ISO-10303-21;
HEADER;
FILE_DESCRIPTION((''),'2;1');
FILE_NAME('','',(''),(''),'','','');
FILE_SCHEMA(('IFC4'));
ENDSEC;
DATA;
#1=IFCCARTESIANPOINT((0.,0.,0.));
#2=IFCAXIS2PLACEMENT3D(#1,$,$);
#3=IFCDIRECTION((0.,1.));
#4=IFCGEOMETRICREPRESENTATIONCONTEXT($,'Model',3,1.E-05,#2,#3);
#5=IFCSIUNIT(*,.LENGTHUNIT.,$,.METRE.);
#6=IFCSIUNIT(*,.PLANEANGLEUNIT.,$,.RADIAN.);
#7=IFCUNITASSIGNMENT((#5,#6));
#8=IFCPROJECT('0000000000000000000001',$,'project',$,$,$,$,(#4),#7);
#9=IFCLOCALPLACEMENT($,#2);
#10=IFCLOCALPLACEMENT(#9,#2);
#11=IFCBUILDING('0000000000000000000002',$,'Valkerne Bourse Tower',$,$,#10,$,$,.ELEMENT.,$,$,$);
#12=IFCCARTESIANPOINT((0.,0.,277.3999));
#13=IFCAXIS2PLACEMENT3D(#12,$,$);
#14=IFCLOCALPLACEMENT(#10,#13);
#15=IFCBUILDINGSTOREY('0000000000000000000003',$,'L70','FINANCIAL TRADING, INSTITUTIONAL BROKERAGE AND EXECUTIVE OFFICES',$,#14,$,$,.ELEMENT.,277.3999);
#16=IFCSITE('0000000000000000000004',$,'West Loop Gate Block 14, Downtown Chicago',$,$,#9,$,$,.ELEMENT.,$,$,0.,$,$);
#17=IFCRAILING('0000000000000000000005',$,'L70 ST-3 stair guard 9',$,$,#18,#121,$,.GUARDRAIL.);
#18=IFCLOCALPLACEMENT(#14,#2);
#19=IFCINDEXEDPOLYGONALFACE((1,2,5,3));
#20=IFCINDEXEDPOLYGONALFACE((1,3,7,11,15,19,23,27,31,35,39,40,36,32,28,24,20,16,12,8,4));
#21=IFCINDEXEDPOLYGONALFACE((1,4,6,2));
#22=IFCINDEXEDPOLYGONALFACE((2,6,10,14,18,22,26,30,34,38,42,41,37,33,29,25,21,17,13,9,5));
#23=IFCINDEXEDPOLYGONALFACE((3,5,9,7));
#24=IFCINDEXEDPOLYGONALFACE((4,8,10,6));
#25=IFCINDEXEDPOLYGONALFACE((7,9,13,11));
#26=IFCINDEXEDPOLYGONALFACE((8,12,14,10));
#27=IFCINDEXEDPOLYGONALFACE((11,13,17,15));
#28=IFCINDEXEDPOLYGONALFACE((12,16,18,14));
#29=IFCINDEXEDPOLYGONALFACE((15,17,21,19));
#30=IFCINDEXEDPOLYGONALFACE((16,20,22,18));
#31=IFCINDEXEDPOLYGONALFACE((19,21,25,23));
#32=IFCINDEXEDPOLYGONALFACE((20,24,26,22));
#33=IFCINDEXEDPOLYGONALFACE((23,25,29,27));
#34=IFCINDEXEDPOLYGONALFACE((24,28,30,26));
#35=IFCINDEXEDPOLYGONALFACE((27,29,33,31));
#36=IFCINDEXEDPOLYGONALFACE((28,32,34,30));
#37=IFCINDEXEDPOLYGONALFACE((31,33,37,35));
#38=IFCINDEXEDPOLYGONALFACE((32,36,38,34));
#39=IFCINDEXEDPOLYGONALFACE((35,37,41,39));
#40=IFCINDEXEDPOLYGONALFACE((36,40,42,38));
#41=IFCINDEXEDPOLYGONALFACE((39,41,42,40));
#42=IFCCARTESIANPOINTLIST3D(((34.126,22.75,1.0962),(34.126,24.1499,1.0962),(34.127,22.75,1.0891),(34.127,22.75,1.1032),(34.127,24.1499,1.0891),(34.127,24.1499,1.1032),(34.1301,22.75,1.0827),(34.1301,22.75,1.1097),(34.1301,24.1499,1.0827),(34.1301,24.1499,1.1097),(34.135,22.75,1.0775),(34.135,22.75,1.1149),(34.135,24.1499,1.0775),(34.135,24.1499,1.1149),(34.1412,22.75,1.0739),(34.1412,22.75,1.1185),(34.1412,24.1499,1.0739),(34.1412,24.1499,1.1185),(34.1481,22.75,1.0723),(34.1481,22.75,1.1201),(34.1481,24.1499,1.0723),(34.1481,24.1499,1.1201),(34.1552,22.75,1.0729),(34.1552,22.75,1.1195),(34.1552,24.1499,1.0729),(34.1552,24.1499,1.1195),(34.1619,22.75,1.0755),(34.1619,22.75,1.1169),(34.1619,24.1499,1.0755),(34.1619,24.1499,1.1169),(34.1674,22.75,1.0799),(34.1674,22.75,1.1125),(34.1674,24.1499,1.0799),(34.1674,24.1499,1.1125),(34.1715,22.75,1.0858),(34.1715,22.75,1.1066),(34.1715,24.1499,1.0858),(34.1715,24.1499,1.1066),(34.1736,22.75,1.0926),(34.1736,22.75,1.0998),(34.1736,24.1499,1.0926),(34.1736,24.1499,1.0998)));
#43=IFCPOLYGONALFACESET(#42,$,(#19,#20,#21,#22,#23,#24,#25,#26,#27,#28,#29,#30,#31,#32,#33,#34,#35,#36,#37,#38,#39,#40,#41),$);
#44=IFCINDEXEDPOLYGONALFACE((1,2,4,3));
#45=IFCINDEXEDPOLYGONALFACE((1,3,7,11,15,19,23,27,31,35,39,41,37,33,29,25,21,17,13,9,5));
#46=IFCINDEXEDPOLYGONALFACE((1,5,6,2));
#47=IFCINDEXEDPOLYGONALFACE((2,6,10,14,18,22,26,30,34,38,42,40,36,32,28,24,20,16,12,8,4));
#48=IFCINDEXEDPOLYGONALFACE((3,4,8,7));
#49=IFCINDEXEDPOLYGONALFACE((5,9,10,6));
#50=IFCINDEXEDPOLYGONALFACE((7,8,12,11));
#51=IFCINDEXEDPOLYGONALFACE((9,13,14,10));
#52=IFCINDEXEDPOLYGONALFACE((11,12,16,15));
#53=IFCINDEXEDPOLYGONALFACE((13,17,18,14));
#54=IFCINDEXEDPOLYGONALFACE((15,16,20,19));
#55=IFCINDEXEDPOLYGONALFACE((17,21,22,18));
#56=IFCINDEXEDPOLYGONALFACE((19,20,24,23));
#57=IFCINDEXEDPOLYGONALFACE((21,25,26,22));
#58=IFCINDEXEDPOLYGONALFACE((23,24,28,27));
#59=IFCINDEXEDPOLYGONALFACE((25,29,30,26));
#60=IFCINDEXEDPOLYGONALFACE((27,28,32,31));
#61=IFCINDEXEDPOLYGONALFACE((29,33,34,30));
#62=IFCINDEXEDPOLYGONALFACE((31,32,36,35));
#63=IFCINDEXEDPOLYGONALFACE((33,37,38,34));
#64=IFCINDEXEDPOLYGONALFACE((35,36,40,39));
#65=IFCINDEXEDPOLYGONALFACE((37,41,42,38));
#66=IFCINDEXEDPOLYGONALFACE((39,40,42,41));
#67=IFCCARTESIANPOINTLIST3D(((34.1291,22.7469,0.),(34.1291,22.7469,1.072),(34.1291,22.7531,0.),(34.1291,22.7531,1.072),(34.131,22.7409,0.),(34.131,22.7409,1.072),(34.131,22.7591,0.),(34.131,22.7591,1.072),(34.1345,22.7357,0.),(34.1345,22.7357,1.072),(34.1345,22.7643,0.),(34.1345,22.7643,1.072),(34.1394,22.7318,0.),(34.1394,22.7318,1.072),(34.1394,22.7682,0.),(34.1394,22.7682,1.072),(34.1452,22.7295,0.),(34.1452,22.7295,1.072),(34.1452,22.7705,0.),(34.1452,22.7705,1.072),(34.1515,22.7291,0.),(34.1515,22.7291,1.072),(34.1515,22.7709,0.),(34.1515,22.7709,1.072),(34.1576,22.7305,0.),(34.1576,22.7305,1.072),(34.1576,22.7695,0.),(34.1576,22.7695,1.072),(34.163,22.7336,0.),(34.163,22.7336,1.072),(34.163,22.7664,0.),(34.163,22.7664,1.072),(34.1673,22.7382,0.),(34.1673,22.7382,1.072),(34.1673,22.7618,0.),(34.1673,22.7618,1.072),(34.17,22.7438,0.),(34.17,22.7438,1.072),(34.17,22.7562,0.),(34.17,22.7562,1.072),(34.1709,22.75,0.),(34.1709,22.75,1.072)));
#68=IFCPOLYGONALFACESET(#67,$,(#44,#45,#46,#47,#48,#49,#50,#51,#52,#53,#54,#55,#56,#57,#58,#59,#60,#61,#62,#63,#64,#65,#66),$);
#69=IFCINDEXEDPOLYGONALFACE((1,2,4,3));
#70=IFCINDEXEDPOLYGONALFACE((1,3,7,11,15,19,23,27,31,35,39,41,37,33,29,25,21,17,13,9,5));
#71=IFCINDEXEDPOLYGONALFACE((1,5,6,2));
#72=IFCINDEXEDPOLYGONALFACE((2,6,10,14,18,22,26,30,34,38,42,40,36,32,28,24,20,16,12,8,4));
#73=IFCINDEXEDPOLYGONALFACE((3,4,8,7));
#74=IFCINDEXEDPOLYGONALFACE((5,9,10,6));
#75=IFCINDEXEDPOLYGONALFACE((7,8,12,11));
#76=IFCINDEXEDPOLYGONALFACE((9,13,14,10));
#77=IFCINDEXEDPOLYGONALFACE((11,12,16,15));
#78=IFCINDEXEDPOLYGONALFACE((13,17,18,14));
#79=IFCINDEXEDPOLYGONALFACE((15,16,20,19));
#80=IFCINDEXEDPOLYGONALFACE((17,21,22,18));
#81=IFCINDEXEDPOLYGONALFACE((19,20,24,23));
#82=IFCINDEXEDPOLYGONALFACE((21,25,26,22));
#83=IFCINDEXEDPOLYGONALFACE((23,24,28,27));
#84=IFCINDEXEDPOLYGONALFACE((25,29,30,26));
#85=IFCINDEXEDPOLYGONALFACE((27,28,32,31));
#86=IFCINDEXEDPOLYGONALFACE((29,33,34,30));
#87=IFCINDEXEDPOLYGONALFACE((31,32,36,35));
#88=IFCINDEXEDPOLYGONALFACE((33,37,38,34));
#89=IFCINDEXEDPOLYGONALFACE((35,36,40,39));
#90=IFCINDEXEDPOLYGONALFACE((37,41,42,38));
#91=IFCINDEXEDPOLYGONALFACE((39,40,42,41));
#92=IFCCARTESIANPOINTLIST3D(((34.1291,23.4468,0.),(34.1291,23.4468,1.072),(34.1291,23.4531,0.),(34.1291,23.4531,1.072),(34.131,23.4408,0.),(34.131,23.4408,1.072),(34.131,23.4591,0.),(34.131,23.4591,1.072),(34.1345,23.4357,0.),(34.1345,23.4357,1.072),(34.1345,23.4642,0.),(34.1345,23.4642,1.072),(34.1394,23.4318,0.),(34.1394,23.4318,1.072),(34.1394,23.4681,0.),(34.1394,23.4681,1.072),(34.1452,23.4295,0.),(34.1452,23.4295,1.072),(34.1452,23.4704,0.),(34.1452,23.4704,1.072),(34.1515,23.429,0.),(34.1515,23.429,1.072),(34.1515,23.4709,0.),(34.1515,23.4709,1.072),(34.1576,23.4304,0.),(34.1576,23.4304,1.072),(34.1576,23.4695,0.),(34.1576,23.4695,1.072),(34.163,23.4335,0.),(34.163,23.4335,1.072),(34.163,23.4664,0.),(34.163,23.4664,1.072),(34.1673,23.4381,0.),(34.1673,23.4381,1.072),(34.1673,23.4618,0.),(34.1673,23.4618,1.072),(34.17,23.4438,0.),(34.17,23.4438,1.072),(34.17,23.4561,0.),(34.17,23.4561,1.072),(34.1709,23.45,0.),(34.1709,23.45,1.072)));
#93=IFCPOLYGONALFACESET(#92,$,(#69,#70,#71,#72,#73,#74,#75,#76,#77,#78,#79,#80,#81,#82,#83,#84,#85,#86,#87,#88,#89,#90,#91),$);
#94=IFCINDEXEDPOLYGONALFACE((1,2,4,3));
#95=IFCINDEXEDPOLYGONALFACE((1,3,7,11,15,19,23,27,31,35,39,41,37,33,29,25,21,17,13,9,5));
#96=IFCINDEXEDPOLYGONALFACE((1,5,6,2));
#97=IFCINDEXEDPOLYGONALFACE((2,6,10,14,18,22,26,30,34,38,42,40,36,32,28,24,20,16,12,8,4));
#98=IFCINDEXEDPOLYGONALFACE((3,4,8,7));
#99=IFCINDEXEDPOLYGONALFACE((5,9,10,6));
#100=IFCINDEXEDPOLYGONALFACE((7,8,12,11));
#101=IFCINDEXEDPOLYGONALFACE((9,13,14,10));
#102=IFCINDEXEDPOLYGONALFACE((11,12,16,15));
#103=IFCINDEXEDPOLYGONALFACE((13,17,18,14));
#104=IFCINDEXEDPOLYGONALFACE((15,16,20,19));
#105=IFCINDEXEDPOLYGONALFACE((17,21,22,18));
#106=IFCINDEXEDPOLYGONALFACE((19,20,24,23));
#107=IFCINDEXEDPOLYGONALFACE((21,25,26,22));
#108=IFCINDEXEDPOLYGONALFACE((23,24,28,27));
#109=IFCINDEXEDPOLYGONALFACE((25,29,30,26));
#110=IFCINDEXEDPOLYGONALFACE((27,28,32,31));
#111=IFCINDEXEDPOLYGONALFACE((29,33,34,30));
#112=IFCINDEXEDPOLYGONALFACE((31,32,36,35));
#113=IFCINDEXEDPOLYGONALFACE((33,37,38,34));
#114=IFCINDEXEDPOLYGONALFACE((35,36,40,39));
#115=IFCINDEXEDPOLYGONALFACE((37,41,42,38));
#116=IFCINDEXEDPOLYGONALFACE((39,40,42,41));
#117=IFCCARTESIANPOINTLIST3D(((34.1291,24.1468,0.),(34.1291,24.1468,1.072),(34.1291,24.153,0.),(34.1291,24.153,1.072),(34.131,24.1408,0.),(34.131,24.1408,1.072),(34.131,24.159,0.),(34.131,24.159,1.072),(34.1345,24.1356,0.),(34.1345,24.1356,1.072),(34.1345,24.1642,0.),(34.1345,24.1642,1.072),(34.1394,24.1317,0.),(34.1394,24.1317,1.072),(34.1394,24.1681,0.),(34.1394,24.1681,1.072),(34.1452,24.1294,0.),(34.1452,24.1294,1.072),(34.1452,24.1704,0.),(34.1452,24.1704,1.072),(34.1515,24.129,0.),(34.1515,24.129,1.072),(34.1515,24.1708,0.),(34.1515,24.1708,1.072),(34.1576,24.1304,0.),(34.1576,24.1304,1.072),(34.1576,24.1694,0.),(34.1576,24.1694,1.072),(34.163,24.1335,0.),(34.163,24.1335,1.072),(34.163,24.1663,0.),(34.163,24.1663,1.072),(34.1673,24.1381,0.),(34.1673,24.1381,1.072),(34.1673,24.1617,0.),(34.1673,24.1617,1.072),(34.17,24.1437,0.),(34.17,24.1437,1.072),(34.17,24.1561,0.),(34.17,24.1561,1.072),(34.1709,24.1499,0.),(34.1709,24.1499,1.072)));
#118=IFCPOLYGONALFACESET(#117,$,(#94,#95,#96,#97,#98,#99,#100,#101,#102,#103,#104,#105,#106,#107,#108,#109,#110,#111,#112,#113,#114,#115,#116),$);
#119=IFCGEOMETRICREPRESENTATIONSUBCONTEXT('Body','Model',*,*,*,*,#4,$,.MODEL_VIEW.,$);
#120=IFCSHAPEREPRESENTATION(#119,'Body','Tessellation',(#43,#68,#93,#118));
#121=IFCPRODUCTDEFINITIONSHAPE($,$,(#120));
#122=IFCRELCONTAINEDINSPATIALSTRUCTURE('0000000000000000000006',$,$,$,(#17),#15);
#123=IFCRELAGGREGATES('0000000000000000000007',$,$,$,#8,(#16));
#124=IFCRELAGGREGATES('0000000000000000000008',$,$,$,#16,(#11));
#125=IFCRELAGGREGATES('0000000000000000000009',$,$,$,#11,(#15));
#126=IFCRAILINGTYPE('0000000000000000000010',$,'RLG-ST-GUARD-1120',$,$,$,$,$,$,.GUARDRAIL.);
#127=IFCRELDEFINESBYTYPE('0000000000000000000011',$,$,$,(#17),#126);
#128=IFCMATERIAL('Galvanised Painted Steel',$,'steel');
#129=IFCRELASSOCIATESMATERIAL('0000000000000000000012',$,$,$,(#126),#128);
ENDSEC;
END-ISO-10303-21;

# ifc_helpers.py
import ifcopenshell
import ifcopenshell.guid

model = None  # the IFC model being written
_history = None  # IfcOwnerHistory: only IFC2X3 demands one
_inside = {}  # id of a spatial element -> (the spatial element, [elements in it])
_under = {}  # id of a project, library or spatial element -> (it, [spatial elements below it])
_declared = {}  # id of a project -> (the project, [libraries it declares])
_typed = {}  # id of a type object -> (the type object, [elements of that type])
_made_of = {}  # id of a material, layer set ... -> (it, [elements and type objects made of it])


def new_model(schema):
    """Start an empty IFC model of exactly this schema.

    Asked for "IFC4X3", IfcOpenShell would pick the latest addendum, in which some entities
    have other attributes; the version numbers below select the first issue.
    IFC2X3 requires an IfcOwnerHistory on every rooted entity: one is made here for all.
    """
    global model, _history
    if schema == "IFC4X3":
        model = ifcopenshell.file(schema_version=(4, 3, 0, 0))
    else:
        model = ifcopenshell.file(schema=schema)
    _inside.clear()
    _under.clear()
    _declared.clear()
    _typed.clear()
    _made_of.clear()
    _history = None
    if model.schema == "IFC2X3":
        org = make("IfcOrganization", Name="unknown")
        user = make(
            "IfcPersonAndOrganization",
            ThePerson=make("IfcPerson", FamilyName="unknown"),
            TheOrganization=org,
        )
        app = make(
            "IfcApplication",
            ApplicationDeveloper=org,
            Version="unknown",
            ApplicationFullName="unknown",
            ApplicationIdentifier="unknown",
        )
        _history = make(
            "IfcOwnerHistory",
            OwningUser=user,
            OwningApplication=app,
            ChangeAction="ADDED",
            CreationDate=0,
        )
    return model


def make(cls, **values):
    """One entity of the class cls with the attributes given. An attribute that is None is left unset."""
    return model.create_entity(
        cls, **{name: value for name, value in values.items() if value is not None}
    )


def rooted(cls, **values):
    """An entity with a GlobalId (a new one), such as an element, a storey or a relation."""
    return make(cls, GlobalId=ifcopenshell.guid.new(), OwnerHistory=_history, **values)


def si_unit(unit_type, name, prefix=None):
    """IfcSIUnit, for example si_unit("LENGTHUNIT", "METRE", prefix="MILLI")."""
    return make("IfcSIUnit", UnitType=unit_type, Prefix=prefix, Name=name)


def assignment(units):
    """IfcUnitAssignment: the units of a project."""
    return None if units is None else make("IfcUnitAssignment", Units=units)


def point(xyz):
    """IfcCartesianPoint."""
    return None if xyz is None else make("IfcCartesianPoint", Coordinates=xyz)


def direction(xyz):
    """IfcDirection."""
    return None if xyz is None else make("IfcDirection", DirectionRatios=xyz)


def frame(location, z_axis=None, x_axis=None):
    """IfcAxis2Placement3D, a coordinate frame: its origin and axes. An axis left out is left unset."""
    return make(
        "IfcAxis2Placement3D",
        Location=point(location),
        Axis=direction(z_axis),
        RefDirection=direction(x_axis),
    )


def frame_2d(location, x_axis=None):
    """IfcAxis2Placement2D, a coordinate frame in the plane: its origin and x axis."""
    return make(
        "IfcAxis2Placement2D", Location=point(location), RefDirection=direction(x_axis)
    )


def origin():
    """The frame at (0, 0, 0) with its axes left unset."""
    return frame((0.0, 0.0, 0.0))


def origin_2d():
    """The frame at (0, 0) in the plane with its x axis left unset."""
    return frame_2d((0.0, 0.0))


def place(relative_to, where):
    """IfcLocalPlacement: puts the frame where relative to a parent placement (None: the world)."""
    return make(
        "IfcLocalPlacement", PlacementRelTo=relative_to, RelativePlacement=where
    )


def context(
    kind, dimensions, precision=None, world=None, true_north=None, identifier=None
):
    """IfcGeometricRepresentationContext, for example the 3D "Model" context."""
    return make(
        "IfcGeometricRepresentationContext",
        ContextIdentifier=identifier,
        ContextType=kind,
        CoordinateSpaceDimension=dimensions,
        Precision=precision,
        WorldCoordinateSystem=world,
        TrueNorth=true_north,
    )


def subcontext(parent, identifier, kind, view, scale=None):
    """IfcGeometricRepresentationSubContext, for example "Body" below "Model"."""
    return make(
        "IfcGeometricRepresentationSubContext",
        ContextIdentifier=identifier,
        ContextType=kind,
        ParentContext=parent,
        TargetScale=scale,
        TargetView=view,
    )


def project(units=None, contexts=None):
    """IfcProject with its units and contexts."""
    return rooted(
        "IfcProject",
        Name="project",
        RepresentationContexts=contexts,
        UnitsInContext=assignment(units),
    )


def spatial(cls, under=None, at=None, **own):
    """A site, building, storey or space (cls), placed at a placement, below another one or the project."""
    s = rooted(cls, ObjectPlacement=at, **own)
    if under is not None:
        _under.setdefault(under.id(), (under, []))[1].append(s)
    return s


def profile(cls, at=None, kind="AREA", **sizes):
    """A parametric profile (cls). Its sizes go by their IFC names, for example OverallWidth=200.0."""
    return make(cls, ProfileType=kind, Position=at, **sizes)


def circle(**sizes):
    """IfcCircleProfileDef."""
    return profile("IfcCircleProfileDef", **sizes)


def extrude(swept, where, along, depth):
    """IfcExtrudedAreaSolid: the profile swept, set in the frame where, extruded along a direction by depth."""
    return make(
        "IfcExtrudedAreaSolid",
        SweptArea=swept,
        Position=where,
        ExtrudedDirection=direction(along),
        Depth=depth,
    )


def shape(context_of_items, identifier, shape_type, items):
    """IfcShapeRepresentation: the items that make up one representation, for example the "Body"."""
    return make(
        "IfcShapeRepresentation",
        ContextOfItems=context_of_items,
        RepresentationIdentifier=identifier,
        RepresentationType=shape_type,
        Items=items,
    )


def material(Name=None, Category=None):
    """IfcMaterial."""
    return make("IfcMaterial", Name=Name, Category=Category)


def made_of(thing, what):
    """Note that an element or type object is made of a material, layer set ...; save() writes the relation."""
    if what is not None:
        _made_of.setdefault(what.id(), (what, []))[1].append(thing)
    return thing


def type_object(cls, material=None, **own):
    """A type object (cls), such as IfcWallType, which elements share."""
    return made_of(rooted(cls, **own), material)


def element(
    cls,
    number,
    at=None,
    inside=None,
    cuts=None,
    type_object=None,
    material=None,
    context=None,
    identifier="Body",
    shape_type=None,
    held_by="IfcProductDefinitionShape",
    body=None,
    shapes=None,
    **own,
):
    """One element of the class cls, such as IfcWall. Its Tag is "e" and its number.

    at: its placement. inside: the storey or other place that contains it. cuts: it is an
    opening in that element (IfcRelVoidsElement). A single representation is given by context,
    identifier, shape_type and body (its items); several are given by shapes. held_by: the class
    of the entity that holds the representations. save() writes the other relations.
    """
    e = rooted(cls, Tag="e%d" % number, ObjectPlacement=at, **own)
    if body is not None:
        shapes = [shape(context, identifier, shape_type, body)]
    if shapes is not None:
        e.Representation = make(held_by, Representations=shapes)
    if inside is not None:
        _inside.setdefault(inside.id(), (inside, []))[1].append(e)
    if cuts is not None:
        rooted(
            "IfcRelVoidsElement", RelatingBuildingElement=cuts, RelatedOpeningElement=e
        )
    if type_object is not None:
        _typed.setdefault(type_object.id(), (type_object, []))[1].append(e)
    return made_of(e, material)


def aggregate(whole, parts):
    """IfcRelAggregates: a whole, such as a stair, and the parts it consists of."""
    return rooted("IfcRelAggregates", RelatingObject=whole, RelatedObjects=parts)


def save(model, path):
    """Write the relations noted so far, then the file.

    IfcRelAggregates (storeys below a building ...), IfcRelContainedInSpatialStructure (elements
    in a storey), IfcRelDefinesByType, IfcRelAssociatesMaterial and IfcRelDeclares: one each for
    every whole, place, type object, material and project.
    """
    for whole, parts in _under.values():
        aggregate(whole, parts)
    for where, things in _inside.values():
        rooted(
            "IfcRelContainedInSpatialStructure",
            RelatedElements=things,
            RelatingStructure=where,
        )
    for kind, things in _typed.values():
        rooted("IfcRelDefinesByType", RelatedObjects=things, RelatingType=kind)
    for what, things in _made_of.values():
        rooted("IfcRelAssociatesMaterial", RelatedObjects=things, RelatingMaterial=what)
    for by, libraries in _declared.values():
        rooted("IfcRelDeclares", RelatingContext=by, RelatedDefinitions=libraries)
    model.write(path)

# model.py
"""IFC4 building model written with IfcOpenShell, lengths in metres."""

from ifc_helpers import new_model, si_unit, direction, frame, origin, origin_2d, place, context, subcontext, project, spatial, circle, extrude, material, type_object, element, save


model = new_model("IFC4")

# Units and contexts
model_context = context("Model", 3, precision=1e-05, world=origin(), true_north=direction((0.0, 1.0)))
body_context = subcontext(model_context, "Body", "Model", "MODEL_VIEW")
ifc_project = project(units=[si_unit("LENGTHUNIT", "METRE"), si_unit("PLANEANGLEUNIT", "RADIAN")], contexts=[model_context])

# Site, building, storey
site_placement = place(None, origin())
site = spatial("IfcSite", under=ifc_project, at=site_placement, Name="West Loop Gate Block 14, Downtown Chicago", CompositionType="ELEMENT", RefElevation=0.0)
building_placement = place(site_placement, origin())
building = spatial("IfcBuilding", under=site, at=building_placement, Name="Valkerne Bourse Tower", CompositionType="ELEMENT")
storey_placement = place(building_placement, frame((0.0, 0.0, 277.3999)))
storey = spatial("IfcBuildingStorey", under=building, at=storey_placement, Name="L70", Description="FINANCIAL TRADING, INSTITUTIONAL BROKERAGE AND EXECUTIVE OFFICES", CompositionType="ELEMENT", Elevation=277.3999)

# Shared definitions
ifc_material_1 = material(Name="Galvanised Painted Steel", Category="steel")

# Railing
railing_type_1 = type_object("IfcRailingType", Name="RLG-ST-GUARD-1120", PredefinedType="GUARDRAIL", material=ifc_material_1)
railing_1_placement = place(storey_placement, frame((34.1499, 22.75, 0.0)))
element("IfcRailing", 1, at=railing_1_placement, inside=storey, type_object=railing_type_1, Name="L70 ST-3 stair guard 9", PredefinedType="GUARDRAIL", context=body_context, shape_type="SweptSolid", body=[
    extrude(circle(Radius=0.0239, at=origin_2d()), frame((0.0, 0.0, 1.0962), z_axis=(0.0, 1.0, 0.0), x_axis=(-1.0, 0.0, 0.0)), (0.0, 0.0, 1.0), 1.3999),
    extrude(circle(Radius=0.021, at=origin_2d()), origin(), (0.0, 0.0, 1.0), 1.072),
    extrude(circle(Radius=0.021, at=origin_2d()), frame((0.0, 0.7, 0.0)), (0.0, 0.0, 1.0), 1.072),
    extrude(circle(Radius=0.021, at=origin_2d()), frame((0.0, 1.3999, 0.0)), (0.0, 0.0, 1.0), 1.072),
])

save(model, "model.ifc")
